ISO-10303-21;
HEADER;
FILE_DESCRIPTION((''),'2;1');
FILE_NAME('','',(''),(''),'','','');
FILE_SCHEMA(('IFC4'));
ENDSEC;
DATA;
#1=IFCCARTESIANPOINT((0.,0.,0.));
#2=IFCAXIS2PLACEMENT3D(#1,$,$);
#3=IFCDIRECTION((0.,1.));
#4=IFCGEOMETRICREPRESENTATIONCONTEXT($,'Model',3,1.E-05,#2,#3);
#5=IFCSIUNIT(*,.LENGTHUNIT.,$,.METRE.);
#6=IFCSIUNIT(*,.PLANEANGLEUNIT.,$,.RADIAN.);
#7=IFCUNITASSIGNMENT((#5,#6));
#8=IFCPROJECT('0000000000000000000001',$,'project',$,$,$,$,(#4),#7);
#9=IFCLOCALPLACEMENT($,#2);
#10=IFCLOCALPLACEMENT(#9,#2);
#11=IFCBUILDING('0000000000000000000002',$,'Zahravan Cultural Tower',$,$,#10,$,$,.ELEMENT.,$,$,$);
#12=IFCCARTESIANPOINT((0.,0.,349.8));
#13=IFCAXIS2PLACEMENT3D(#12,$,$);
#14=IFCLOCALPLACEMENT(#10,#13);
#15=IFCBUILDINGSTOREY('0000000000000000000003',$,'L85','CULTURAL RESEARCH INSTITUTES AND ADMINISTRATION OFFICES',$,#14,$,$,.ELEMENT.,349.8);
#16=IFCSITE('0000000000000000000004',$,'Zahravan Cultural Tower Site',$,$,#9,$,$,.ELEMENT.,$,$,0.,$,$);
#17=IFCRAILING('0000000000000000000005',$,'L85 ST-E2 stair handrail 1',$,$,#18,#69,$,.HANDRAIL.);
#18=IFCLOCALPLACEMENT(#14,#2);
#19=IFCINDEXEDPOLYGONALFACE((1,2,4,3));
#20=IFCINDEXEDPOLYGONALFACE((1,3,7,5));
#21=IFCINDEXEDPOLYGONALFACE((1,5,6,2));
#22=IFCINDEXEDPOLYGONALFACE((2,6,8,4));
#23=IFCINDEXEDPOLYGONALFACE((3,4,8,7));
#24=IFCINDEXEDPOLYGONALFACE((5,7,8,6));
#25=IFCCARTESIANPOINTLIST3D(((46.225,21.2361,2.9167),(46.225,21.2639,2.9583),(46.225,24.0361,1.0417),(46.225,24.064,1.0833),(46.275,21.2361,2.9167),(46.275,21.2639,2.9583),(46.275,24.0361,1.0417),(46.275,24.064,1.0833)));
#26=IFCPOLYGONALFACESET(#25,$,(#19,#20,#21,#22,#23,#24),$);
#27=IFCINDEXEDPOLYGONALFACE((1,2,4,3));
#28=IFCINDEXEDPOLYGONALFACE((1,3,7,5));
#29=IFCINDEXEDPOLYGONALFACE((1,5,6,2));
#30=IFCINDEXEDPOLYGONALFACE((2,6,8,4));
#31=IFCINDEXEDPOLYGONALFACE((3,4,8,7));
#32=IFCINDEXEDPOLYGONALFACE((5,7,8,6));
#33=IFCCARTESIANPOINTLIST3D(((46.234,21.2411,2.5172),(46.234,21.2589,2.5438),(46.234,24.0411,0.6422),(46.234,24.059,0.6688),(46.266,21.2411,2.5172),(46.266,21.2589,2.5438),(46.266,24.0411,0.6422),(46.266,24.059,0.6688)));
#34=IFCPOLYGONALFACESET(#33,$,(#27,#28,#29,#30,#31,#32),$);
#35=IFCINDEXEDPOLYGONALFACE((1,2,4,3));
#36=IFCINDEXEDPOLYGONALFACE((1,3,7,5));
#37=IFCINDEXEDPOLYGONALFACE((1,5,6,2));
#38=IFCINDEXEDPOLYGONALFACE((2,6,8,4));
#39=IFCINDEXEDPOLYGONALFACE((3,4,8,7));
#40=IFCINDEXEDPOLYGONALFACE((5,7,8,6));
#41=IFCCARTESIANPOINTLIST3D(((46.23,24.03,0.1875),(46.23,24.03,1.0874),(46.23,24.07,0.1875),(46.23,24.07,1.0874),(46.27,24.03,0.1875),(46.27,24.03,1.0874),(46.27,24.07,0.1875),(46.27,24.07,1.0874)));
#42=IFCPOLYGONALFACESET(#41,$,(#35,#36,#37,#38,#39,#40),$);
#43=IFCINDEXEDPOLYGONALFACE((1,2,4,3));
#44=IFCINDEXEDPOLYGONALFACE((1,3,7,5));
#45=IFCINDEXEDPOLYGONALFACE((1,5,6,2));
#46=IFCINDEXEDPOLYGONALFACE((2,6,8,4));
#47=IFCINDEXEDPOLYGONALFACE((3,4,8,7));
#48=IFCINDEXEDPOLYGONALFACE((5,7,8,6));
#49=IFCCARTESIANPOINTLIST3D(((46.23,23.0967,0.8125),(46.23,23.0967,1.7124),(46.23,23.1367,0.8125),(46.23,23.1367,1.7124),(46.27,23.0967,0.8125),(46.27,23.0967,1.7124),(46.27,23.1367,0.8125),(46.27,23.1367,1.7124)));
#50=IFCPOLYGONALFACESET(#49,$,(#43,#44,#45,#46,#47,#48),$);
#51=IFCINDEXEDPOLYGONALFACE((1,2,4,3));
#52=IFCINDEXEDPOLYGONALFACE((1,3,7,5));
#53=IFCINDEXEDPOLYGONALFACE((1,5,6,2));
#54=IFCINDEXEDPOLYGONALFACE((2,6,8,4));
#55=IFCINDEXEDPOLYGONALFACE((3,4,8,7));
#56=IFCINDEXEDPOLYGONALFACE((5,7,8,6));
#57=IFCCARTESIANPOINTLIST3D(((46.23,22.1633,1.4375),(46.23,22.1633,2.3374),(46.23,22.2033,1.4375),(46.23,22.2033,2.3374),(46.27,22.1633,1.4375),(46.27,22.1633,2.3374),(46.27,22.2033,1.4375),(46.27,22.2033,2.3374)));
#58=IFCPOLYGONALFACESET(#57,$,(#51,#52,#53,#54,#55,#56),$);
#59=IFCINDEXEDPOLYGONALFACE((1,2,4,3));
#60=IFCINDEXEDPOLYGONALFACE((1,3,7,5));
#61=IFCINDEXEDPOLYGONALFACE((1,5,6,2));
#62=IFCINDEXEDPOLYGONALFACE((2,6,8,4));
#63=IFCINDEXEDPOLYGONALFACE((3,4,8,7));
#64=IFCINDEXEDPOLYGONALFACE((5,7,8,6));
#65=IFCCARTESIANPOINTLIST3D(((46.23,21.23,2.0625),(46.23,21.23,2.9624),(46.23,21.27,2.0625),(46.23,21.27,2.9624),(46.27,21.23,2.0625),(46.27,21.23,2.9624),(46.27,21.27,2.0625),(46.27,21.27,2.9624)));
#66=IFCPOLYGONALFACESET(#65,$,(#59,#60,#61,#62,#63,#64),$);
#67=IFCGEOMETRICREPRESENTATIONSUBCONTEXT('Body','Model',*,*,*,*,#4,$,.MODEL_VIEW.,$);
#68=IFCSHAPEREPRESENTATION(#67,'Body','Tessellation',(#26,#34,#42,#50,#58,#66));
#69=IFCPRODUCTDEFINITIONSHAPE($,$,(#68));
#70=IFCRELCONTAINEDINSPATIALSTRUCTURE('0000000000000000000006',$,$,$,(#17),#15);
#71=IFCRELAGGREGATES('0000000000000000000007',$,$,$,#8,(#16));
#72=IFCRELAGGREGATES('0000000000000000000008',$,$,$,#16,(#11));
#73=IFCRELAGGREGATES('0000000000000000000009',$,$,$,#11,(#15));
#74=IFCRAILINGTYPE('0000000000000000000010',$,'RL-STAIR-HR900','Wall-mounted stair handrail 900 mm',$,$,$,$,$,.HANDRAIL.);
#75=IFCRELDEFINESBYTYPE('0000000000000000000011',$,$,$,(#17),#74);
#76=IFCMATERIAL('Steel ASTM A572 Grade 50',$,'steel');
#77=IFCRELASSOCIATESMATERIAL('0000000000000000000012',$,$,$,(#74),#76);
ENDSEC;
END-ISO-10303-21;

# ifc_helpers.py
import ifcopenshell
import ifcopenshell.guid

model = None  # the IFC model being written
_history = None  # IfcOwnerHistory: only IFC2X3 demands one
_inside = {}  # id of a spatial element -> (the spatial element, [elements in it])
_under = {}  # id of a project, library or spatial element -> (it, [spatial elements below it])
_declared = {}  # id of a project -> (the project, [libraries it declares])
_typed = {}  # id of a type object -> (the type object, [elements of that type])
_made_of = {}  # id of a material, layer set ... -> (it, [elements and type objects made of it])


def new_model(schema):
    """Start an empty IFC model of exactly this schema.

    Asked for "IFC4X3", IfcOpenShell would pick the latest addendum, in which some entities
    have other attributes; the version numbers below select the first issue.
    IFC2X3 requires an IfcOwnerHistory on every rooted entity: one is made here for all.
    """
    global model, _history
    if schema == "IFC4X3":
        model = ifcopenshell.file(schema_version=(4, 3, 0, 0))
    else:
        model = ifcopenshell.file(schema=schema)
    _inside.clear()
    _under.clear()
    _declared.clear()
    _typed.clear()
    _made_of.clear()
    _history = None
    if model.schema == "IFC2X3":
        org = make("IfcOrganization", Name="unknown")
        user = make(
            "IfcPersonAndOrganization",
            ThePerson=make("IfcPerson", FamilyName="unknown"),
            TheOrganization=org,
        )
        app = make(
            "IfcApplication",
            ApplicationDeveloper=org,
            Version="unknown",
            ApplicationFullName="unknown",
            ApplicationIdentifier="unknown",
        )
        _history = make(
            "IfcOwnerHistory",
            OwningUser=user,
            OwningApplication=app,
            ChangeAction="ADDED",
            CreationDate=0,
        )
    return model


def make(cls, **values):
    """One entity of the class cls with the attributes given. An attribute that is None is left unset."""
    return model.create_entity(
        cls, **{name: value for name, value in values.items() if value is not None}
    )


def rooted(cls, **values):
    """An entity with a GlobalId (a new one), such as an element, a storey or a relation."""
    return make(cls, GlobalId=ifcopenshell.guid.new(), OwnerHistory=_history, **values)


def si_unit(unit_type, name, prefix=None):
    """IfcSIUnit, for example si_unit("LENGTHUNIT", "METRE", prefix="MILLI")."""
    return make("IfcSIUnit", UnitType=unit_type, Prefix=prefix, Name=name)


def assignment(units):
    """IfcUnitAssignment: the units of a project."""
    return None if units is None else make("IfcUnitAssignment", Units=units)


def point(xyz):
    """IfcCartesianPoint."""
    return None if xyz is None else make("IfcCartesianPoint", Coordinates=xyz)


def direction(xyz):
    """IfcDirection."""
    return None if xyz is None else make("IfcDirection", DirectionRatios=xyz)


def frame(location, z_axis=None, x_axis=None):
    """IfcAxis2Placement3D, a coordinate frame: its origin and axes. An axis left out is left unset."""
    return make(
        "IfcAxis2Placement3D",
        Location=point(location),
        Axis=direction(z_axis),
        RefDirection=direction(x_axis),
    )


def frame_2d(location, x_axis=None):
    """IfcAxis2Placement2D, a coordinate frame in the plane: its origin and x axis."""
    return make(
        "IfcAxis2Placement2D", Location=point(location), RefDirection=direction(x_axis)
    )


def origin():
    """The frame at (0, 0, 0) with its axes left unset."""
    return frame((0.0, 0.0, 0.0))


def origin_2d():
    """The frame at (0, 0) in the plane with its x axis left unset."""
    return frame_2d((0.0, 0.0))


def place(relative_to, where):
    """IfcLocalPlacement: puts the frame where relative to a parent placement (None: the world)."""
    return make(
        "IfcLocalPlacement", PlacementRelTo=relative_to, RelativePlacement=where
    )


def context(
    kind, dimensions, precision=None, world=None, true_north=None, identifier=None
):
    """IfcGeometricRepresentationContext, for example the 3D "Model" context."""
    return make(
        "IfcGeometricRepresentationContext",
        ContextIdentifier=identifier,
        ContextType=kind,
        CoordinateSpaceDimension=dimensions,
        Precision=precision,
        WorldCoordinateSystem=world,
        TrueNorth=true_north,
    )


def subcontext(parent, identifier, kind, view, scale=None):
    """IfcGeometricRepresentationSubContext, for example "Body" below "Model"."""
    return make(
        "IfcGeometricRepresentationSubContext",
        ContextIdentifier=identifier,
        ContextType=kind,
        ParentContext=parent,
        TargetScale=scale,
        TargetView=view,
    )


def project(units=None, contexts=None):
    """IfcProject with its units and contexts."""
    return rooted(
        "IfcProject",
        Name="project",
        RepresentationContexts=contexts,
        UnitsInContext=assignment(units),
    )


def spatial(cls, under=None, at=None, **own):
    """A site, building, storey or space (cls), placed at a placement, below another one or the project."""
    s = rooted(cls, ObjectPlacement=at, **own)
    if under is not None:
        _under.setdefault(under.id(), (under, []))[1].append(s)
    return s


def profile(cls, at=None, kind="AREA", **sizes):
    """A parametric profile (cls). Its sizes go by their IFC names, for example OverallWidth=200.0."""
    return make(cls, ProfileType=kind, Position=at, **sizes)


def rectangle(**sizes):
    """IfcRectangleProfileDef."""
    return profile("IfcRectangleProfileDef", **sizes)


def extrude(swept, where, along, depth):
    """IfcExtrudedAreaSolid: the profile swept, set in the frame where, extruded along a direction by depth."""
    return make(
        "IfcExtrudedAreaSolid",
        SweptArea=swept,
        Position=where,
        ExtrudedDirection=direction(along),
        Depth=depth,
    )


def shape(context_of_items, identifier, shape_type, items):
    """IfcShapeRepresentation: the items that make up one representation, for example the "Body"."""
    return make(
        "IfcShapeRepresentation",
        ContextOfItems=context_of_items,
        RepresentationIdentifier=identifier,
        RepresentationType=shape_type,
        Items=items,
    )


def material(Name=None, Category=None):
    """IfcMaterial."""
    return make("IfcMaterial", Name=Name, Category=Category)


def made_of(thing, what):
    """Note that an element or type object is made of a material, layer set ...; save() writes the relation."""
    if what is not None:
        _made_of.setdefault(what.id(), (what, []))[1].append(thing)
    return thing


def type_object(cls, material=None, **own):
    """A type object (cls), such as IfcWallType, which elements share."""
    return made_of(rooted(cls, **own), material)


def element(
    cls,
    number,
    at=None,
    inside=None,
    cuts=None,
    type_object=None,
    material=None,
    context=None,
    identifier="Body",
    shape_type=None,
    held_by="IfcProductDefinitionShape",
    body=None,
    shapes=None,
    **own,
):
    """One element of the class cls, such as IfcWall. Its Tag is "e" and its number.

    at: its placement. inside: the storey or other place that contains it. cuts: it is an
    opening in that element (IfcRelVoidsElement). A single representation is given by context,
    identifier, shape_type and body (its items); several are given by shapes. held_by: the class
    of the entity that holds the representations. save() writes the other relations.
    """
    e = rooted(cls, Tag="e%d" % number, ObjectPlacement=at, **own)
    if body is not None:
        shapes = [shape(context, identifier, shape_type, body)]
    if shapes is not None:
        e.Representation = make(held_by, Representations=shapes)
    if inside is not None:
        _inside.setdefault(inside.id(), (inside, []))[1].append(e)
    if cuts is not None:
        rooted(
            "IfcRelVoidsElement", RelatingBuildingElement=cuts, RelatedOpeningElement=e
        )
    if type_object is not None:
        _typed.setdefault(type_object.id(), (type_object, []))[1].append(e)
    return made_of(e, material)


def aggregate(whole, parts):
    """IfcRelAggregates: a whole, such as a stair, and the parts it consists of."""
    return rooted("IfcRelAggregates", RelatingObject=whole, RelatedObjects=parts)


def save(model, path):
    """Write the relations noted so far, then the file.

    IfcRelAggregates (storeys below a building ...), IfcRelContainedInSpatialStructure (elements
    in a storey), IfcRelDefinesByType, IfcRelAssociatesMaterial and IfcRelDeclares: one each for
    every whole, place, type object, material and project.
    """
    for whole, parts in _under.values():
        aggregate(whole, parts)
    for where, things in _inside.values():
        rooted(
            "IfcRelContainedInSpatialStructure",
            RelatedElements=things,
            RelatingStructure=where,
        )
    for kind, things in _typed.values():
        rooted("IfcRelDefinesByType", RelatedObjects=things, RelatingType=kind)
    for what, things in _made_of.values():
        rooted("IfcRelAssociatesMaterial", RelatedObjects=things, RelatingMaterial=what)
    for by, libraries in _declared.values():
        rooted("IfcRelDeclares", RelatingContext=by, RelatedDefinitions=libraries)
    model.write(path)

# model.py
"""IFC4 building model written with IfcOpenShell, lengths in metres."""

from ifc_helpers import new_model, si_unit, direction, frame, origin, origin_2d, place, context, subcontext, project, spatial, rectangle, extrude, material, type_object, element, save


model = new_model("IFC4")

# Units and contexts
model_context = context("Model", 3, precision=1e-05, world=origin(), true_north=direction((0.0, 1.0)))
body_context = subcontext(model_context, "Body", "Model", "MODEL_VIEW")
ifc_project = project(units=[si_unit("LENGTHUNIT", "METRE"), si_unit("PLANEANGLEUNIT", "RADIAN")], contexts=[model_context])

# Site, building, storey
site_placement = place(None, origin())
site = spatial("IfcSite", under=ifc_project, at=site_placement, Name="Zahravan Cultural Tower Site", CompositionType="ELEMENT", RefElevation=0.0)
building_placement = place(site_placement, origin())
building = spatial("IfcBuilding", under=site, at=building_placement, Name="Zahravan Cultural Tower", CompositionType="ELEMENT")
storey_placement = place(building_placement, frame((0.0, 0.0, 349.8)))
storey = spatial("IfcBuildingStorey", under=building, at=storey_placement, Name="L85", Description="CULTURAL RESEARCH INSTITUTES AND ADMINISTRATION OFFICES", CompositionType="ELEMENT", Elevation=349.8)

# Shared definitions
ifc_material_1 = material(Name="Steel ASTM A572 Grade 50", Category="steel")

# Railing
railing_type_1 = type_object("IfcRailingType", Name="RL-STAIR-HR900", Description="Wall-mounted stair handrail 900 mm", PredefinedType="HANDRAIL", material=ifc_material_1)
railing_1_placement = place(storey_placement, frame((46.25, 24.05, 0.1875)))
element("IfcRailing", 1, at=railing_1_placement, inside=storey, type_object=railing_type_1, Name="L85 ST-E2 stair handrail 1", PredefinedType="HANDRAIL", context=body_context, shape_type="SweptSolid", body=[
    extrude(rectangle(XDim=0.05, YDim=0.05, at=origin_2d()), frame((0.0, 0.0, 0.875), z_axis=(0.0, -0.830912, 0.556404), x_axis=(1.0, 0.0, 0.0)), (0.0, 0.0, 1.0), 3.3699),
    extrude(rectangle(XDim=0.032, YDim=0.032, at=origin_2d()), frame((0.0, 0.0, 0.468), z_axis=(0.0, -0.830912, 0.556404), x_axis=(1.0, 0.0, 0.0)), (0.0, 0.0, 1.0), 3.3699),
    extrude(rectangle(XDim=0.04, YDim=0.04, at=origin_2d()), origin(), (0.0, 0.0, 1.0), 0.8999),
    extrude(rectangle(XDim=0.04, YDim=0.04, at=origin_2d()), frame((0.0, -0.9333, 0.625)), (0.0, 0.0, 1.0), 0.8999),
    extrude(rectangle(XDim=0.04, YDim=0.04, at=origin_2d()), frame((0.0, -1.8667, 1.25)), (0.0, 0.0, 1.0), 0.8999),
    extrude(rectangle(XDim=0.04, YDim=0.04, at=origin_2d()), frame((0.0, -2.8, 1.875)), (0.0, 0.0, 1.0), 0.8999),
])

save(model, "model.ifc")
